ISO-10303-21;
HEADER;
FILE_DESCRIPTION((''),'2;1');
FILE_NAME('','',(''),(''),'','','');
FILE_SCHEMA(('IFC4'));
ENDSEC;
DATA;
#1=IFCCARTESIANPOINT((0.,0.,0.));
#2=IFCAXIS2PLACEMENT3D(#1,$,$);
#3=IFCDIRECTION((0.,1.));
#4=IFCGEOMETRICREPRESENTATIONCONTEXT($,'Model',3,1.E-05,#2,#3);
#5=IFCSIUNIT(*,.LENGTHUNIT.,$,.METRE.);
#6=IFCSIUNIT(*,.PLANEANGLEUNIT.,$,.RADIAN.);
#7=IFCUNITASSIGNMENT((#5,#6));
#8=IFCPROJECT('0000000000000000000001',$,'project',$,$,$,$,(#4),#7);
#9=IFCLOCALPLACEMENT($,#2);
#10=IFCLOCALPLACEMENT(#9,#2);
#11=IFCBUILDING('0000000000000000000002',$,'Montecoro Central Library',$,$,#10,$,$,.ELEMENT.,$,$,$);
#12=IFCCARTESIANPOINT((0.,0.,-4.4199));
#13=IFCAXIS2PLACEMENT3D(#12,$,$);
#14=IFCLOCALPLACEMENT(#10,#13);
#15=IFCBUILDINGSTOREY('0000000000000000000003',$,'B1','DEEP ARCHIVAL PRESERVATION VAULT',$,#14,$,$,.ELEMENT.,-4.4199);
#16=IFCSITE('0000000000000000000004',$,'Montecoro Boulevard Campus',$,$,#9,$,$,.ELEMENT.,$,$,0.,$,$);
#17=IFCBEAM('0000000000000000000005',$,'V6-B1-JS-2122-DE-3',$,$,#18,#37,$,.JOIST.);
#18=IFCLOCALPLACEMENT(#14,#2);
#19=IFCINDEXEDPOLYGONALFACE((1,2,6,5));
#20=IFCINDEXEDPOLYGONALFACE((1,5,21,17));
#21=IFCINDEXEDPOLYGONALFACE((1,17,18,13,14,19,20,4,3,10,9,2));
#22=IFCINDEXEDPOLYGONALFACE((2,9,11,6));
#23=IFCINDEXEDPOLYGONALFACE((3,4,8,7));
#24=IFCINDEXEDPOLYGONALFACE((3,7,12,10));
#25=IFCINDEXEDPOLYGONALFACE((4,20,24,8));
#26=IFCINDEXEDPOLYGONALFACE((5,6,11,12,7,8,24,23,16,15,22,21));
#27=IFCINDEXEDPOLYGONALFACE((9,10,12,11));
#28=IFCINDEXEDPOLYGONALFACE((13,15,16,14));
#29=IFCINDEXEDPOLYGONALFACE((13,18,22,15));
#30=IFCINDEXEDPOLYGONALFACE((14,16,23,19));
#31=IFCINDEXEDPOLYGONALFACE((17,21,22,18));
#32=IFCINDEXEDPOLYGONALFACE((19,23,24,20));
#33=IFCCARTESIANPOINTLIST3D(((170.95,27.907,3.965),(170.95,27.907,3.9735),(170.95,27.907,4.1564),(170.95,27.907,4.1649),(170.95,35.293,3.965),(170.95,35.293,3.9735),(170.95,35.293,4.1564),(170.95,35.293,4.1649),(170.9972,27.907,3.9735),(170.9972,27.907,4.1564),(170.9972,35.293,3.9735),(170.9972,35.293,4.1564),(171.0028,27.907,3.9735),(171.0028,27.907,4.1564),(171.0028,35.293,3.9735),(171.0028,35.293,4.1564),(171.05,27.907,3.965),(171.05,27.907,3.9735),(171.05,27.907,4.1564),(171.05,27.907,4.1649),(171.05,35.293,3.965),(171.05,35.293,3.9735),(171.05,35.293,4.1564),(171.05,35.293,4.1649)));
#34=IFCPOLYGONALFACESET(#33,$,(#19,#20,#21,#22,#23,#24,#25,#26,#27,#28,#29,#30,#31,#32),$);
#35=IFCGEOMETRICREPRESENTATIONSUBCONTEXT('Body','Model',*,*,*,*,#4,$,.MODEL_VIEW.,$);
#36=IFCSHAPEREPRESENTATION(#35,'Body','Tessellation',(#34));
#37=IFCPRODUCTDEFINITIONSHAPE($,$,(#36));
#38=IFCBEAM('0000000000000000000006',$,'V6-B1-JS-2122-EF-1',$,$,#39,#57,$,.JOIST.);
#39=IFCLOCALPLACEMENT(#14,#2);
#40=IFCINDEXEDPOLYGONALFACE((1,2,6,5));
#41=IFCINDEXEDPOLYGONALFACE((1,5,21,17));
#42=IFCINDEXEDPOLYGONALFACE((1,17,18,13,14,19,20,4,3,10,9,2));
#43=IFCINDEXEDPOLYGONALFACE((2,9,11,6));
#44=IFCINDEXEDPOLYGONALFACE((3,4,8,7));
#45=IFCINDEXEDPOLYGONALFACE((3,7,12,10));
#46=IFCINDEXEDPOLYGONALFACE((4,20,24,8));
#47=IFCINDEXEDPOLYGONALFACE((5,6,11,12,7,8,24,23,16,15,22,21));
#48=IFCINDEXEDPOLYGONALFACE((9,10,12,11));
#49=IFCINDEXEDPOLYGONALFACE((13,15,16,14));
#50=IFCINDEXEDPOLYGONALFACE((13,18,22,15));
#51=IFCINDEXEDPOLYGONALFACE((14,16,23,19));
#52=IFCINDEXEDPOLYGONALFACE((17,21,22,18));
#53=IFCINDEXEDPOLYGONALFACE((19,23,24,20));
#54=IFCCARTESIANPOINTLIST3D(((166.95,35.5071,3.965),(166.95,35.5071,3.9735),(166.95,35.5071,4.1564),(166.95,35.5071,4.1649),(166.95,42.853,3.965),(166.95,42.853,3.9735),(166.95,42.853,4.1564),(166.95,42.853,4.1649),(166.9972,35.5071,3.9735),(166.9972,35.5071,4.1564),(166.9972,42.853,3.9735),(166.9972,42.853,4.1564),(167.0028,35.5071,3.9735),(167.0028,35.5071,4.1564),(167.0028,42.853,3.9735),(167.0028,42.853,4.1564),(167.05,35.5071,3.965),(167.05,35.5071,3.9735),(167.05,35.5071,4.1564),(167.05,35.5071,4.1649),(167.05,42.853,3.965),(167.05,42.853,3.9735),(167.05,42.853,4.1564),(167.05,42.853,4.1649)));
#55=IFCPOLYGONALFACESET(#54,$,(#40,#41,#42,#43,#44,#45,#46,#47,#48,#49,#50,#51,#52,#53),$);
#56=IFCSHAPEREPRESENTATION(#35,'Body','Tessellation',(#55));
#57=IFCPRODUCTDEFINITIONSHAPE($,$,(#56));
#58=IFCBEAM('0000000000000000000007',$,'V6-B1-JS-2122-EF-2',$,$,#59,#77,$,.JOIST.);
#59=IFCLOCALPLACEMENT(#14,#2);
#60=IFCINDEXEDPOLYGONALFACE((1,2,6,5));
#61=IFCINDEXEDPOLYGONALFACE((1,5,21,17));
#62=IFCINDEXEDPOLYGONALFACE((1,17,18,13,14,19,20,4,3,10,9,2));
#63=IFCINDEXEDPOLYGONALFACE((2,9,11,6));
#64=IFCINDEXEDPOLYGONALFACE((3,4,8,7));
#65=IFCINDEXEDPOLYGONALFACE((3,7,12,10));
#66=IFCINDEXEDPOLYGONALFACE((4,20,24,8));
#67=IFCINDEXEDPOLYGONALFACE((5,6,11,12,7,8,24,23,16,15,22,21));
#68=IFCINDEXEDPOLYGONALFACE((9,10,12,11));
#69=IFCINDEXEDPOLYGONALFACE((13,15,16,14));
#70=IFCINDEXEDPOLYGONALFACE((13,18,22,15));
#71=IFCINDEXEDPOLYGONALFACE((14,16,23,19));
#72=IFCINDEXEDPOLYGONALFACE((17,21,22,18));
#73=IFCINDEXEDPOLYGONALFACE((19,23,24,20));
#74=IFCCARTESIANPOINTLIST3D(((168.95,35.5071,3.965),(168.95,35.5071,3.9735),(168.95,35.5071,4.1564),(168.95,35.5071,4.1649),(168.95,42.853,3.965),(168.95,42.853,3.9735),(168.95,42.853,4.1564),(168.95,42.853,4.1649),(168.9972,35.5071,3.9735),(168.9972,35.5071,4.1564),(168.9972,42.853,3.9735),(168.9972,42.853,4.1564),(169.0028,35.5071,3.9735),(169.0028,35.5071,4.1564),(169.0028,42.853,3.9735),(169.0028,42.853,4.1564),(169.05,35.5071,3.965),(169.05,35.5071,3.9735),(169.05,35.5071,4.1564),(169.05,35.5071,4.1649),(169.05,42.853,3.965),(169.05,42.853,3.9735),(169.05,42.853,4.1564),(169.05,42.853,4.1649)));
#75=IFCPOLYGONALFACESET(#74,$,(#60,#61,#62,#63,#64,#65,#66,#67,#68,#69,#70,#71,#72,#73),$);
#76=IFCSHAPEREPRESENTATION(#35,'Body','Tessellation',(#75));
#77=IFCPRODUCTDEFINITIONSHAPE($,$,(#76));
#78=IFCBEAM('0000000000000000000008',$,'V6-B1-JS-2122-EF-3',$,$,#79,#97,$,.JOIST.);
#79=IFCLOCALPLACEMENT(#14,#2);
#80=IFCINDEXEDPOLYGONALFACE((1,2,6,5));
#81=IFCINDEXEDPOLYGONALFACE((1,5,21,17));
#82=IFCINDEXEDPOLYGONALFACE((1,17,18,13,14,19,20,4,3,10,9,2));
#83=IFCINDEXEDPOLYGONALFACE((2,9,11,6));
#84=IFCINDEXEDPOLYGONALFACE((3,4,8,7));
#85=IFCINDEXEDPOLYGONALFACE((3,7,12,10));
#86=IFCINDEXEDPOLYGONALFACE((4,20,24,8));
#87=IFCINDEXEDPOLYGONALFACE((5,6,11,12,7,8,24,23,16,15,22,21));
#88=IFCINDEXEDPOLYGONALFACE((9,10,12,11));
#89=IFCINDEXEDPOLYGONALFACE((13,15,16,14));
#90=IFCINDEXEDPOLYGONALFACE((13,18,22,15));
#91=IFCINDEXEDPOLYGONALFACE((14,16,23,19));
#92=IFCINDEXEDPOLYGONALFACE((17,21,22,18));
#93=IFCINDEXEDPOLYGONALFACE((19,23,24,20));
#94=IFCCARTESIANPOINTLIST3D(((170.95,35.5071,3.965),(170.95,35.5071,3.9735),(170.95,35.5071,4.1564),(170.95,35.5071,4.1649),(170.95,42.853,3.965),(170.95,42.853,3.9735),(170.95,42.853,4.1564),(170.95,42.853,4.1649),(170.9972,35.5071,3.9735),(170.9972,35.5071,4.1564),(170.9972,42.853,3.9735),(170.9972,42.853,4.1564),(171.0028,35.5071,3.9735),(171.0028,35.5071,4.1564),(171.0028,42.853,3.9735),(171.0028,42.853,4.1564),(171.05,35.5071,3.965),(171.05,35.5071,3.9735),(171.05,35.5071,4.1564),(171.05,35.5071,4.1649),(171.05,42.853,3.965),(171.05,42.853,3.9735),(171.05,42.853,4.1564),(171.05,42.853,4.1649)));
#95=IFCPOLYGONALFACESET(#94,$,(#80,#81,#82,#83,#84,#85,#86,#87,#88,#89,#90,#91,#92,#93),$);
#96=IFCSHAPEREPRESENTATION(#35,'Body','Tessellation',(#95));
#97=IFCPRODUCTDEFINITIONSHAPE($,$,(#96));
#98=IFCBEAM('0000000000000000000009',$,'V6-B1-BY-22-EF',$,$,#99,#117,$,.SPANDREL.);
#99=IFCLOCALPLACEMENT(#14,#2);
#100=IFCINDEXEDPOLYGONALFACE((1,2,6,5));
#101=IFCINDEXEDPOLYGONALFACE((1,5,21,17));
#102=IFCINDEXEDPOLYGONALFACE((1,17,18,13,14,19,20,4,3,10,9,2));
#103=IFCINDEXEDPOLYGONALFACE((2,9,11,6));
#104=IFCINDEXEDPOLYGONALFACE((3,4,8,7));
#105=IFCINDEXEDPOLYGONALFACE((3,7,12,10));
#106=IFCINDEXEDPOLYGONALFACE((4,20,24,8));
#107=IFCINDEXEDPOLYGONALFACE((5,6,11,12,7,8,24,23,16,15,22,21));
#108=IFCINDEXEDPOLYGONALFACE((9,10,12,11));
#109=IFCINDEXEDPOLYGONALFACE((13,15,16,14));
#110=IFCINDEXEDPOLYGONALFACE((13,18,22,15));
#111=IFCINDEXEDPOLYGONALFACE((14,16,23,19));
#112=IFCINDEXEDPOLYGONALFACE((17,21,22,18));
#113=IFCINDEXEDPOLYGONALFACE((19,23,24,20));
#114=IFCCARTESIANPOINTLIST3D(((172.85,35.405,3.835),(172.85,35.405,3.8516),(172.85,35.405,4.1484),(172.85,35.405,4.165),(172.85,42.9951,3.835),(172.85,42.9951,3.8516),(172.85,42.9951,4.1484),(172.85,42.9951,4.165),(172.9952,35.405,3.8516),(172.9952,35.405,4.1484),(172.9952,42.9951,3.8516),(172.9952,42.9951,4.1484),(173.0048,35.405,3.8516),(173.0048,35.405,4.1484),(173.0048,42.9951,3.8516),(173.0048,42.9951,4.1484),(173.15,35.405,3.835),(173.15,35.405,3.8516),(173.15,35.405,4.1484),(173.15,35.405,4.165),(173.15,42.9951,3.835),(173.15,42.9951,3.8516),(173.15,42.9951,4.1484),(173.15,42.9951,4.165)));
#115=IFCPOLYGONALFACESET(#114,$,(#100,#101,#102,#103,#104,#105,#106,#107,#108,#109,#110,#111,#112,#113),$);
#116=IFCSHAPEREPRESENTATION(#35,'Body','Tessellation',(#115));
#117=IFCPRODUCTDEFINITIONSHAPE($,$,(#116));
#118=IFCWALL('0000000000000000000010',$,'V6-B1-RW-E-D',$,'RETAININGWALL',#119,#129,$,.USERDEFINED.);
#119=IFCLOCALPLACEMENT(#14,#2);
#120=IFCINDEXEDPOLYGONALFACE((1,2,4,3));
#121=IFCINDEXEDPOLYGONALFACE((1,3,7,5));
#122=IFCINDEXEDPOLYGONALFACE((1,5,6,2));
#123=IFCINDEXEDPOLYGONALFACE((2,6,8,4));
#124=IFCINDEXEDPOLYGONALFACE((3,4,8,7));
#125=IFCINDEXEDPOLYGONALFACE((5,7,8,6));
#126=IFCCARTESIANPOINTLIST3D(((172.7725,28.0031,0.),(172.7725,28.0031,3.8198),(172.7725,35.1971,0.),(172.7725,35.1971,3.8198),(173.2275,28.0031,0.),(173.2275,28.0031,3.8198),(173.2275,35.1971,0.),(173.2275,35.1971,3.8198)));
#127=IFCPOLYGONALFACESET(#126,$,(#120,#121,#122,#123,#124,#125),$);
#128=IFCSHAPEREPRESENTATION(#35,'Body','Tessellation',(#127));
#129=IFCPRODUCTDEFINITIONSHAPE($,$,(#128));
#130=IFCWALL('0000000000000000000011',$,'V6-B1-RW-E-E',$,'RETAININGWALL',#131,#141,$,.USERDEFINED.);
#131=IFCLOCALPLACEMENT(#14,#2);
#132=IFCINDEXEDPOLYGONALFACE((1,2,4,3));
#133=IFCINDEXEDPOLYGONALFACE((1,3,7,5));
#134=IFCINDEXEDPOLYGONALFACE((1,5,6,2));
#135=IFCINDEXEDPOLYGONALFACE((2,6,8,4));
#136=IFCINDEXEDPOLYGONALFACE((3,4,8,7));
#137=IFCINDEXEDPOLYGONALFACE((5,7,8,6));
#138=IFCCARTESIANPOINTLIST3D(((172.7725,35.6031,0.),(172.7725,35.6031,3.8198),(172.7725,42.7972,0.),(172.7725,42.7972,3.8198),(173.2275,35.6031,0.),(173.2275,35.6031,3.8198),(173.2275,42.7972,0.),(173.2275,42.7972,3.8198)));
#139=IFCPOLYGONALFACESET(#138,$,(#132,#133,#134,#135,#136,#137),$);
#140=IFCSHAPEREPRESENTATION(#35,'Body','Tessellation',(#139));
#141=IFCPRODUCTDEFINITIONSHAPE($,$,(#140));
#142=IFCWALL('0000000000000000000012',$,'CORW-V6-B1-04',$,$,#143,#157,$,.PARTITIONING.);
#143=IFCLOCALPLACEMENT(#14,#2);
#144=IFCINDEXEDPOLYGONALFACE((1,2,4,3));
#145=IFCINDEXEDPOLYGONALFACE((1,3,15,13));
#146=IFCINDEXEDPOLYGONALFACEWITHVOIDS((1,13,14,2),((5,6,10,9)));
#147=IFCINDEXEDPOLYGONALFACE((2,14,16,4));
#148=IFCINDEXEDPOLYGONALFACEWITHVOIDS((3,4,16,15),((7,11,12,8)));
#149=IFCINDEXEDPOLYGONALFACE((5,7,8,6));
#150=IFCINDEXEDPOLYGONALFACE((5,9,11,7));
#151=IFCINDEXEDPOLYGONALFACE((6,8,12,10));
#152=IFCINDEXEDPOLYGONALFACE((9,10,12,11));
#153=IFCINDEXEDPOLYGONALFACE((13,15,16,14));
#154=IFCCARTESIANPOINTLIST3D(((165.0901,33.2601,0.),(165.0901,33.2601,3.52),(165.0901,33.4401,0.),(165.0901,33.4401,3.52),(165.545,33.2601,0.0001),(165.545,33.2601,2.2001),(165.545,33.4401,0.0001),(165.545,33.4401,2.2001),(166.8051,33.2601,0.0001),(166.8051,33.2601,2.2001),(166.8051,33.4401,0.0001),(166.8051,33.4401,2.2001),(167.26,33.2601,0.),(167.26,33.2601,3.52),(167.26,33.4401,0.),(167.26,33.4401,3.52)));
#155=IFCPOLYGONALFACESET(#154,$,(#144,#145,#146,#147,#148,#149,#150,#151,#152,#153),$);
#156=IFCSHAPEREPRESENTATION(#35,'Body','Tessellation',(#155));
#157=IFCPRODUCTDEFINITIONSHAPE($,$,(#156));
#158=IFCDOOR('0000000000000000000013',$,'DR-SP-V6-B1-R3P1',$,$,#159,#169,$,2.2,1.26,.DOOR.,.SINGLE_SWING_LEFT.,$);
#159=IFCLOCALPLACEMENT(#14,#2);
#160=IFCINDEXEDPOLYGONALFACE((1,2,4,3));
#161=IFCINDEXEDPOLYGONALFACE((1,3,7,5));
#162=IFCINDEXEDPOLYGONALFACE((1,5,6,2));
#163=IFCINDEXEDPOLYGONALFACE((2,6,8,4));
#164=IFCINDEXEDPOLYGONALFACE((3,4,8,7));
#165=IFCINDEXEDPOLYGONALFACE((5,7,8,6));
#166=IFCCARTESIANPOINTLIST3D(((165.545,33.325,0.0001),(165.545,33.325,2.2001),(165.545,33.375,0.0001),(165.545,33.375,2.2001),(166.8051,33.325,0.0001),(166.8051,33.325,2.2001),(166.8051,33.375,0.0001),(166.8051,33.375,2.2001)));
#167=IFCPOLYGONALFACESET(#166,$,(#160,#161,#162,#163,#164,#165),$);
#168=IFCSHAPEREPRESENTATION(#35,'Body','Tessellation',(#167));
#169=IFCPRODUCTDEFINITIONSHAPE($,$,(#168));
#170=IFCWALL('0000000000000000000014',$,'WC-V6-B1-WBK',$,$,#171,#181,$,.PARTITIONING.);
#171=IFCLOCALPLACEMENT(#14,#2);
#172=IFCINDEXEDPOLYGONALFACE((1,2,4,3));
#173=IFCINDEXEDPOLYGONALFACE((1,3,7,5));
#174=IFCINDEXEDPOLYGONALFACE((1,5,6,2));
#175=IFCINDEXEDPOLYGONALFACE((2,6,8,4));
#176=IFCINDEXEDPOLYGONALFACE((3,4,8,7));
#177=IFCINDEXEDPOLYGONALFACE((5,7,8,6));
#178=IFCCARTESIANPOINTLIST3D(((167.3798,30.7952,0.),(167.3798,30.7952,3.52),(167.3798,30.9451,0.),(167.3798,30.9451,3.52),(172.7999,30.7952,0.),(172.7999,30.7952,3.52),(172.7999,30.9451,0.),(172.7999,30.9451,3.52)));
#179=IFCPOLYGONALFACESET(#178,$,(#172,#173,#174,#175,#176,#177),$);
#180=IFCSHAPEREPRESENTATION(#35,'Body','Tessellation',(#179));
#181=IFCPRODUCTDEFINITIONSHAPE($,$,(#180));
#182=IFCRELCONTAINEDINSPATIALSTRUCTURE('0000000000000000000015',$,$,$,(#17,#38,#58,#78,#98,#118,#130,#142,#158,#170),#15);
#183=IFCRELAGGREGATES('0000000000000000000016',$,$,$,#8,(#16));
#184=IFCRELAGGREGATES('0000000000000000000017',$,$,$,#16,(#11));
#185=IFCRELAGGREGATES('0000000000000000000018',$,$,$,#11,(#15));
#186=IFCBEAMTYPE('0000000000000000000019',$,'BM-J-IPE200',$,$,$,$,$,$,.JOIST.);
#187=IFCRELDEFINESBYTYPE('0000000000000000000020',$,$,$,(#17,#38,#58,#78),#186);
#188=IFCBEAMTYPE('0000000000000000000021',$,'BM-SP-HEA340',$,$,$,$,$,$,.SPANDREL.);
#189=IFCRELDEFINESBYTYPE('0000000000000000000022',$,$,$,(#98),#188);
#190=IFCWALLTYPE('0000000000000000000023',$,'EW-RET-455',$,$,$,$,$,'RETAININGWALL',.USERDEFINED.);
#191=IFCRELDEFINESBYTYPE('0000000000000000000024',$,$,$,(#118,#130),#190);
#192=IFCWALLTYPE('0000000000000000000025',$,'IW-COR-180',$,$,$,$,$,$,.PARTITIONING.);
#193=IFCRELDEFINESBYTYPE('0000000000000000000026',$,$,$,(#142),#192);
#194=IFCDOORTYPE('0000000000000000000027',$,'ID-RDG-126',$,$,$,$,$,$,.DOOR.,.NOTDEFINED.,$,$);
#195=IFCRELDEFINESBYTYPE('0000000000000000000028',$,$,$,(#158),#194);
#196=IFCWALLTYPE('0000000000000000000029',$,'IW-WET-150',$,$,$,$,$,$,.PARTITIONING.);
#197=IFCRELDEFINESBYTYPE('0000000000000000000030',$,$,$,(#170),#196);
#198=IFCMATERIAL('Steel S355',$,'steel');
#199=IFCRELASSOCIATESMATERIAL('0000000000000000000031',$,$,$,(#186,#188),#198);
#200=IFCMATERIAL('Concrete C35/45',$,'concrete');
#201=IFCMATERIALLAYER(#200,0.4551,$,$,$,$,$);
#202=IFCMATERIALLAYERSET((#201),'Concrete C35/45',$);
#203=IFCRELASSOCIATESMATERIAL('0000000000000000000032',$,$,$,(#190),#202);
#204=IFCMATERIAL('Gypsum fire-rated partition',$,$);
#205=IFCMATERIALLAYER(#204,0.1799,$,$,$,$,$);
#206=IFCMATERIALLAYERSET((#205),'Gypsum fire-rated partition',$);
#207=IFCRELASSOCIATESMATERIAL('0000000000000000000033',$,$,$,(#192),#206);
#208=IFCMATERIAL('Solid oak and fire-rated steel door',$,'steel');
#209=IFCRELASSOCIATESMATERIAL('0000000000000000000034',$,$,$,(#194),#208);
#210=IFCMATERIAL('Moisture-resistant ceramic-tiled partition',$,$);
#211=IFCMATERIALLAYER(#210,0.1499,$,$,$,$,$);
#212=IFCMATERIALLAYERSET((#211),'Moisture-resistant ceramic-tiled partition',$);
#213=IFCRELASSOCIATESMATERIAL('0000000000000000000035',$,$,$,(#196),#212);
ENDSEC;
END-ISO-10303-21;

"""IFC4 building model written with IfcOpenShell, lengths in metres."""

from ifc_helpers import new_model, si_unit, direction, frame, frame_2d, origin, origin_2d, place, context, subcontext, project, spatial, rectangle, i_section, extrude, material, layer, layer_set, material_profile, profile_set, type_object, element, fill, save


model = new_model("IFC4")

# Units and contexts
model_context = context("Model", 3, precision=1e-05, world=origin(), true_north=direction((0.0, 1.0)))
body_context = subcontext(model_context, "Body", "Model", "MODEL_VIEW")
ifc_project = project(units=[si_unit("LENGTHUNIT", "METRE"), si_unit("PLANEANGLEUNIT", "RADIAN")], contexts=[model_context])

# Site, building, storey
site_placement = place(None, origin())
site = spatial("IfcSite", under=ifc_project, at=site_placement, Name="Montecoro Boulevard Campus", CompositionType="ELEMENT", RefElevation=0.0)
building_placement = place(site_placement, origin())
building = spatial("IfcBuilding", under=site, at=building_placement, Name="Montecoro Central Library", CompositionType="ELEMENT")
storey_placement = place(building_placement, frame((0.0, 0.0, -4.4199)))
storey = spatial("IfcBuildingStorey", under=building, at=storey_placement, Name="B1", Description="DEEP ARCHIVAL PRESERVATION VAULT", CompositionType="ELEMENT", Elevation=-4.4199)

# Shared definitions
ifc_material_1 = material(Name="Concrete C35/45", Category="concrete")

# Beams
ifc_material_2 = material(Name="Steel S355", Category="steel")
ifc_material_profile_1 = material_profile(ifc_material_2, i_section(OverallWidth=0.1001, OverallDepth=0.2, WebThickness=0.0056, FlangeThickness=0.0085, at=origin_2d()), Name="IPE 200")
ifc_profile_set_1 = profile_set([ifc_material_profile_1], Name="Steel S355")
beam_type_1 = type_object("IfcBeamType", Name="BM-J-IPE200", PredefinedType="JOIST", material=ifc_profile_set_1)
for number, where, z_axis, x_axis, name in (
    (1, (171.0, 27.907, 4.0649), (0.0, 1.0, 0.0), (-1.0, 0.0, 0.0), "V6-B1-JS-2122-DE-3"),
):
    element("IfcBeam", number, at=place(storey_placement, frame(where, z_axis=z_axis, x_axis=x_axis)), inside=storey, type_object=beam_type_1, Name=name, PredefinedType="JOIST", context=body_context, shape_type="SweptSolid", body=[
        extrude(i_section(OverallWidth=0.1001, OverallDepth=0.2, WebThickness=0.0056, FlangeThickness=0.0085, at=origin_2d()), origin(), (0.0, 0.0, 1.0), 7.386),
    ])
for number, where, z_axis, x_axis, name in (
    (2, (167.0, 35.5071, 4.0649), (0.0, 1.0, 0.0), (-1.0, 0.0, 0.0), "V6-B1-JS-2122-EF-1"),
    (3, (169.0, 35.5071, 4.0649), (0.0, 1.0, 0.0), (-1.0, 0.0, 0.0), "V6-B1-JS-2122-EF-2"),
    (4, (171.0, 35.5071, 4.0649), (0.0, 1.0, 0.0), (-1.0, 0.0, 0.0), "V6-B1-JS-2122-EF-3"),
):
    element("IfcBeam", number, at=place(storey_placement, frame(where, z_axis=z_axis, x_axis=x_axis)), inside=storey, type_object=beam_type_1, Name=name, PredefinedType="JOIST", context=body_context, shape_type="SweptSolid", body=[
        extrude(i_section(OverallWidth=0.1001, OverallDepth=0.2, WebThickness=0.0056, FlangeThickness=0.0085, at=origin_2d()), origin(), (0.0, 0.0, 1.0), 7.3459),
    ])
ifc_material_profile_2 = material_profile(ifc_material_2, i_section(OverallWidth=0.3, OverallDepth=0.3301, WebThickness=0.0095, FlangeThickness=0.0166, at=origin_2d()), Name="HEA 340")
ifc_profile_set_2 = profile_set([ifc_material_profile_2], Name="Steel S355")
beam_type_2 = type_object("IfcBeamType", Name="BM-SP-HEA340", PredefinedType="SPANDREL", material=ifc_profile_set_2)
beam_placement = place(storey_placement, frame((173.0, 35.405, 4.0), z_axis=(0.0, 1.0, 0.0), x_axis=(-1.0, 0.0, 0.0)))
element("IfcBeam", 5, at=beam_placement, inside=storey, type_object=beam_type_2, Name="V6-B1-BY-22-EF", PredefinedType="SPANDREL", context=body_context, shape_type="SweptSolid", body=[
    extrude(i_section(OverallWidth=0.3, OverallDepth=0.3301, WebThickness=0.0095, FlangeThickness=0.0166, at=origin_2d()), origin(), (0.0, 0.0, 1.0), 7.5901),
])

# Walls
ifc_layer_1 = layer(ifc_material_1, 0.4551)
ifc_layer_set_1 = layer_set([ifc_layer_1], Name="Concrete C35/45")
wall_type_1 = type_object("IfcWallType", Name="EW-RET-455", ElementType="RETAININGWALL", PredefinedType="USERDEFINED", material=ifc_layer_set_1)
for number, where, z_axis, x_axis, name in (
    (6, (173.0, 28.0029, 0.0), (0.0, 0.0, 1.0), (0.0, 1.0, 0.0), "V6-B1-RW-E-D"),
    (7, (173.0, 35.603, 0.0), (0.0, 0.0, 1.0), (0.0, 1.0, 0.0), "V6-B1-RW-E-E"),
):
    element("IfcWall", number, at=place(storey_placement, frame(where, z_axis=z_axis, x_axis=x_axis)), inside=storey, type_object=wall_type_1, Name=name, ObjectType="RETAININGWALL", PredefinedType="USERDEFINED", context=body_context, shape_type="SweptSolid", body=[
        extrude(rectangle(XDim=7.1941, YDim=0.4551, at=frame_2d((3.5972, 0.0))), origin(), (0.0, 0.0, 1.0), 3.8198),
    ])

# Wall, opening, door
ifc_material_3 = material(Name="Gypsum fire-rated partition")
ifc_layer_2 = layer(ifc_material_3, 0.1799)
ifc_layer_set_2 = layer_set([ifc_layer_2], Name="Gypsum fire-rated partition")
wall_type_2 = type_object("IfcWallType", Name="IW-COR-180", PredefinedType="PARTITIONING", material=ifc_layer_set_2)
wall_1_placement = place(storey_placement, frame((165.0901, 33.3501, 0.0), z_axis=(0.0, 0.0, 1.0), x_axis=(1.0, 0.0, 0.0)))
wall_1 = element("IfcWall", 8, at=wall_1_placement, inside=storey, type_object=wall_type_2, Name="CORW-V6-B1-04", PredefinedType="PARTITIONING", context=body_context, shape_type="SweptSolid", body=[
    extrude(rectangle(XDim=2.1699, YDim=0.1799, at=frame_2d((1.085, 0.0))), origin(), (0.0, 0.0, 1.0), 3.52),
])
opening_1_placement = place(wall_1_placement, frame((0.4551, 0.0, 0.0)))
opening_1 = element("IfcOpeningElement", 9, at=opening_1_placement, cuts=wall_1, PredefinedType="OPENING", context=body_context, shape_type="SweptSolid", body=[
    extrude(rectangle(XDim=1.26, YDim=2.2, at=frame_2d((0.6299, 1.1001))), frame((0.0, 0.0999, 0.0), z_axis=(0.0, -1.0, 0.0), x_axis=(1.0, 0.0, 0.0)), (0.0, 0.0, 1.0), 0.2),
])
ifc_material_4 = material(Name="Solid oak and fire-rated steel door", Category="steel")
door_type_1 = type_object("IfcDoorType", Name="ID-RDG-126", OperationType="NOTDEFINED", PredefinedType="DOOR", material=ifc_material_4)
door_1_placement = place(opening_1_placement, origin())
door_1 = element("IfcDoor", 10, at=door_1_placement, inside=storey, type_object=door_type_1, Name="DR-SP-V6-B1-R3P1", OperationType="SINGLE_SWING_LEFT", OverallHeight=2.2, OverallWidth=1.26, PredefinedType="DOOR", context=body_context, shape_type="SweptSolid", body=[
    extrude(rectangle(XDim=1.26, YDim=2.2, at=frame_2d((0.6299, 1.1001))), frame((0.0, 0.0249, 0.0), z_axis=(0.0, -1.0, 0.0), x_axis=(1.0, 0.0, 0.0)), (0.0, 0.0, 1.0), 0.05),
])
fill(opening_1, door_1)

# Wall
ifc_material_5 = material(Name="Moisture-resistant ceramic-tiled partition")
ifc_layer_3 = layer(ifc_material_5, 0.1499)
ifc_layer_set_3 = layer_set([ifc_layer_3], Name="Moisture-resistant ceramic-tiled partition")
wall_type_3 = type_object("IfcWallType", Name="IW-WET-150", PredefinedType="PARTITIONING", material=ifc_layer_set_3)
wall_2_placement = place(storey_placement, frame((167.3799, 30.8701, 0.0), z_axis=(0.0, 0.0, 1.0), x_axis=(1.0, 0.0, 0.0)))
element("IfcWall", 11, at=wall_2_placement, inside=storey, type_object=wall_type_3, Name="WC-V6-B1-WBK", PredefinedType="PARTITIONING", context=body_context, shape_type="SweptSolid", body=[
    extrude(rectangle(XDim=5.4202, YDim=0.1499, at=frame_2d((2.71, 0.0))), origin(), (0.0, 0.0, 1.0), 3.52),
])

save(model, "model.ifc")
